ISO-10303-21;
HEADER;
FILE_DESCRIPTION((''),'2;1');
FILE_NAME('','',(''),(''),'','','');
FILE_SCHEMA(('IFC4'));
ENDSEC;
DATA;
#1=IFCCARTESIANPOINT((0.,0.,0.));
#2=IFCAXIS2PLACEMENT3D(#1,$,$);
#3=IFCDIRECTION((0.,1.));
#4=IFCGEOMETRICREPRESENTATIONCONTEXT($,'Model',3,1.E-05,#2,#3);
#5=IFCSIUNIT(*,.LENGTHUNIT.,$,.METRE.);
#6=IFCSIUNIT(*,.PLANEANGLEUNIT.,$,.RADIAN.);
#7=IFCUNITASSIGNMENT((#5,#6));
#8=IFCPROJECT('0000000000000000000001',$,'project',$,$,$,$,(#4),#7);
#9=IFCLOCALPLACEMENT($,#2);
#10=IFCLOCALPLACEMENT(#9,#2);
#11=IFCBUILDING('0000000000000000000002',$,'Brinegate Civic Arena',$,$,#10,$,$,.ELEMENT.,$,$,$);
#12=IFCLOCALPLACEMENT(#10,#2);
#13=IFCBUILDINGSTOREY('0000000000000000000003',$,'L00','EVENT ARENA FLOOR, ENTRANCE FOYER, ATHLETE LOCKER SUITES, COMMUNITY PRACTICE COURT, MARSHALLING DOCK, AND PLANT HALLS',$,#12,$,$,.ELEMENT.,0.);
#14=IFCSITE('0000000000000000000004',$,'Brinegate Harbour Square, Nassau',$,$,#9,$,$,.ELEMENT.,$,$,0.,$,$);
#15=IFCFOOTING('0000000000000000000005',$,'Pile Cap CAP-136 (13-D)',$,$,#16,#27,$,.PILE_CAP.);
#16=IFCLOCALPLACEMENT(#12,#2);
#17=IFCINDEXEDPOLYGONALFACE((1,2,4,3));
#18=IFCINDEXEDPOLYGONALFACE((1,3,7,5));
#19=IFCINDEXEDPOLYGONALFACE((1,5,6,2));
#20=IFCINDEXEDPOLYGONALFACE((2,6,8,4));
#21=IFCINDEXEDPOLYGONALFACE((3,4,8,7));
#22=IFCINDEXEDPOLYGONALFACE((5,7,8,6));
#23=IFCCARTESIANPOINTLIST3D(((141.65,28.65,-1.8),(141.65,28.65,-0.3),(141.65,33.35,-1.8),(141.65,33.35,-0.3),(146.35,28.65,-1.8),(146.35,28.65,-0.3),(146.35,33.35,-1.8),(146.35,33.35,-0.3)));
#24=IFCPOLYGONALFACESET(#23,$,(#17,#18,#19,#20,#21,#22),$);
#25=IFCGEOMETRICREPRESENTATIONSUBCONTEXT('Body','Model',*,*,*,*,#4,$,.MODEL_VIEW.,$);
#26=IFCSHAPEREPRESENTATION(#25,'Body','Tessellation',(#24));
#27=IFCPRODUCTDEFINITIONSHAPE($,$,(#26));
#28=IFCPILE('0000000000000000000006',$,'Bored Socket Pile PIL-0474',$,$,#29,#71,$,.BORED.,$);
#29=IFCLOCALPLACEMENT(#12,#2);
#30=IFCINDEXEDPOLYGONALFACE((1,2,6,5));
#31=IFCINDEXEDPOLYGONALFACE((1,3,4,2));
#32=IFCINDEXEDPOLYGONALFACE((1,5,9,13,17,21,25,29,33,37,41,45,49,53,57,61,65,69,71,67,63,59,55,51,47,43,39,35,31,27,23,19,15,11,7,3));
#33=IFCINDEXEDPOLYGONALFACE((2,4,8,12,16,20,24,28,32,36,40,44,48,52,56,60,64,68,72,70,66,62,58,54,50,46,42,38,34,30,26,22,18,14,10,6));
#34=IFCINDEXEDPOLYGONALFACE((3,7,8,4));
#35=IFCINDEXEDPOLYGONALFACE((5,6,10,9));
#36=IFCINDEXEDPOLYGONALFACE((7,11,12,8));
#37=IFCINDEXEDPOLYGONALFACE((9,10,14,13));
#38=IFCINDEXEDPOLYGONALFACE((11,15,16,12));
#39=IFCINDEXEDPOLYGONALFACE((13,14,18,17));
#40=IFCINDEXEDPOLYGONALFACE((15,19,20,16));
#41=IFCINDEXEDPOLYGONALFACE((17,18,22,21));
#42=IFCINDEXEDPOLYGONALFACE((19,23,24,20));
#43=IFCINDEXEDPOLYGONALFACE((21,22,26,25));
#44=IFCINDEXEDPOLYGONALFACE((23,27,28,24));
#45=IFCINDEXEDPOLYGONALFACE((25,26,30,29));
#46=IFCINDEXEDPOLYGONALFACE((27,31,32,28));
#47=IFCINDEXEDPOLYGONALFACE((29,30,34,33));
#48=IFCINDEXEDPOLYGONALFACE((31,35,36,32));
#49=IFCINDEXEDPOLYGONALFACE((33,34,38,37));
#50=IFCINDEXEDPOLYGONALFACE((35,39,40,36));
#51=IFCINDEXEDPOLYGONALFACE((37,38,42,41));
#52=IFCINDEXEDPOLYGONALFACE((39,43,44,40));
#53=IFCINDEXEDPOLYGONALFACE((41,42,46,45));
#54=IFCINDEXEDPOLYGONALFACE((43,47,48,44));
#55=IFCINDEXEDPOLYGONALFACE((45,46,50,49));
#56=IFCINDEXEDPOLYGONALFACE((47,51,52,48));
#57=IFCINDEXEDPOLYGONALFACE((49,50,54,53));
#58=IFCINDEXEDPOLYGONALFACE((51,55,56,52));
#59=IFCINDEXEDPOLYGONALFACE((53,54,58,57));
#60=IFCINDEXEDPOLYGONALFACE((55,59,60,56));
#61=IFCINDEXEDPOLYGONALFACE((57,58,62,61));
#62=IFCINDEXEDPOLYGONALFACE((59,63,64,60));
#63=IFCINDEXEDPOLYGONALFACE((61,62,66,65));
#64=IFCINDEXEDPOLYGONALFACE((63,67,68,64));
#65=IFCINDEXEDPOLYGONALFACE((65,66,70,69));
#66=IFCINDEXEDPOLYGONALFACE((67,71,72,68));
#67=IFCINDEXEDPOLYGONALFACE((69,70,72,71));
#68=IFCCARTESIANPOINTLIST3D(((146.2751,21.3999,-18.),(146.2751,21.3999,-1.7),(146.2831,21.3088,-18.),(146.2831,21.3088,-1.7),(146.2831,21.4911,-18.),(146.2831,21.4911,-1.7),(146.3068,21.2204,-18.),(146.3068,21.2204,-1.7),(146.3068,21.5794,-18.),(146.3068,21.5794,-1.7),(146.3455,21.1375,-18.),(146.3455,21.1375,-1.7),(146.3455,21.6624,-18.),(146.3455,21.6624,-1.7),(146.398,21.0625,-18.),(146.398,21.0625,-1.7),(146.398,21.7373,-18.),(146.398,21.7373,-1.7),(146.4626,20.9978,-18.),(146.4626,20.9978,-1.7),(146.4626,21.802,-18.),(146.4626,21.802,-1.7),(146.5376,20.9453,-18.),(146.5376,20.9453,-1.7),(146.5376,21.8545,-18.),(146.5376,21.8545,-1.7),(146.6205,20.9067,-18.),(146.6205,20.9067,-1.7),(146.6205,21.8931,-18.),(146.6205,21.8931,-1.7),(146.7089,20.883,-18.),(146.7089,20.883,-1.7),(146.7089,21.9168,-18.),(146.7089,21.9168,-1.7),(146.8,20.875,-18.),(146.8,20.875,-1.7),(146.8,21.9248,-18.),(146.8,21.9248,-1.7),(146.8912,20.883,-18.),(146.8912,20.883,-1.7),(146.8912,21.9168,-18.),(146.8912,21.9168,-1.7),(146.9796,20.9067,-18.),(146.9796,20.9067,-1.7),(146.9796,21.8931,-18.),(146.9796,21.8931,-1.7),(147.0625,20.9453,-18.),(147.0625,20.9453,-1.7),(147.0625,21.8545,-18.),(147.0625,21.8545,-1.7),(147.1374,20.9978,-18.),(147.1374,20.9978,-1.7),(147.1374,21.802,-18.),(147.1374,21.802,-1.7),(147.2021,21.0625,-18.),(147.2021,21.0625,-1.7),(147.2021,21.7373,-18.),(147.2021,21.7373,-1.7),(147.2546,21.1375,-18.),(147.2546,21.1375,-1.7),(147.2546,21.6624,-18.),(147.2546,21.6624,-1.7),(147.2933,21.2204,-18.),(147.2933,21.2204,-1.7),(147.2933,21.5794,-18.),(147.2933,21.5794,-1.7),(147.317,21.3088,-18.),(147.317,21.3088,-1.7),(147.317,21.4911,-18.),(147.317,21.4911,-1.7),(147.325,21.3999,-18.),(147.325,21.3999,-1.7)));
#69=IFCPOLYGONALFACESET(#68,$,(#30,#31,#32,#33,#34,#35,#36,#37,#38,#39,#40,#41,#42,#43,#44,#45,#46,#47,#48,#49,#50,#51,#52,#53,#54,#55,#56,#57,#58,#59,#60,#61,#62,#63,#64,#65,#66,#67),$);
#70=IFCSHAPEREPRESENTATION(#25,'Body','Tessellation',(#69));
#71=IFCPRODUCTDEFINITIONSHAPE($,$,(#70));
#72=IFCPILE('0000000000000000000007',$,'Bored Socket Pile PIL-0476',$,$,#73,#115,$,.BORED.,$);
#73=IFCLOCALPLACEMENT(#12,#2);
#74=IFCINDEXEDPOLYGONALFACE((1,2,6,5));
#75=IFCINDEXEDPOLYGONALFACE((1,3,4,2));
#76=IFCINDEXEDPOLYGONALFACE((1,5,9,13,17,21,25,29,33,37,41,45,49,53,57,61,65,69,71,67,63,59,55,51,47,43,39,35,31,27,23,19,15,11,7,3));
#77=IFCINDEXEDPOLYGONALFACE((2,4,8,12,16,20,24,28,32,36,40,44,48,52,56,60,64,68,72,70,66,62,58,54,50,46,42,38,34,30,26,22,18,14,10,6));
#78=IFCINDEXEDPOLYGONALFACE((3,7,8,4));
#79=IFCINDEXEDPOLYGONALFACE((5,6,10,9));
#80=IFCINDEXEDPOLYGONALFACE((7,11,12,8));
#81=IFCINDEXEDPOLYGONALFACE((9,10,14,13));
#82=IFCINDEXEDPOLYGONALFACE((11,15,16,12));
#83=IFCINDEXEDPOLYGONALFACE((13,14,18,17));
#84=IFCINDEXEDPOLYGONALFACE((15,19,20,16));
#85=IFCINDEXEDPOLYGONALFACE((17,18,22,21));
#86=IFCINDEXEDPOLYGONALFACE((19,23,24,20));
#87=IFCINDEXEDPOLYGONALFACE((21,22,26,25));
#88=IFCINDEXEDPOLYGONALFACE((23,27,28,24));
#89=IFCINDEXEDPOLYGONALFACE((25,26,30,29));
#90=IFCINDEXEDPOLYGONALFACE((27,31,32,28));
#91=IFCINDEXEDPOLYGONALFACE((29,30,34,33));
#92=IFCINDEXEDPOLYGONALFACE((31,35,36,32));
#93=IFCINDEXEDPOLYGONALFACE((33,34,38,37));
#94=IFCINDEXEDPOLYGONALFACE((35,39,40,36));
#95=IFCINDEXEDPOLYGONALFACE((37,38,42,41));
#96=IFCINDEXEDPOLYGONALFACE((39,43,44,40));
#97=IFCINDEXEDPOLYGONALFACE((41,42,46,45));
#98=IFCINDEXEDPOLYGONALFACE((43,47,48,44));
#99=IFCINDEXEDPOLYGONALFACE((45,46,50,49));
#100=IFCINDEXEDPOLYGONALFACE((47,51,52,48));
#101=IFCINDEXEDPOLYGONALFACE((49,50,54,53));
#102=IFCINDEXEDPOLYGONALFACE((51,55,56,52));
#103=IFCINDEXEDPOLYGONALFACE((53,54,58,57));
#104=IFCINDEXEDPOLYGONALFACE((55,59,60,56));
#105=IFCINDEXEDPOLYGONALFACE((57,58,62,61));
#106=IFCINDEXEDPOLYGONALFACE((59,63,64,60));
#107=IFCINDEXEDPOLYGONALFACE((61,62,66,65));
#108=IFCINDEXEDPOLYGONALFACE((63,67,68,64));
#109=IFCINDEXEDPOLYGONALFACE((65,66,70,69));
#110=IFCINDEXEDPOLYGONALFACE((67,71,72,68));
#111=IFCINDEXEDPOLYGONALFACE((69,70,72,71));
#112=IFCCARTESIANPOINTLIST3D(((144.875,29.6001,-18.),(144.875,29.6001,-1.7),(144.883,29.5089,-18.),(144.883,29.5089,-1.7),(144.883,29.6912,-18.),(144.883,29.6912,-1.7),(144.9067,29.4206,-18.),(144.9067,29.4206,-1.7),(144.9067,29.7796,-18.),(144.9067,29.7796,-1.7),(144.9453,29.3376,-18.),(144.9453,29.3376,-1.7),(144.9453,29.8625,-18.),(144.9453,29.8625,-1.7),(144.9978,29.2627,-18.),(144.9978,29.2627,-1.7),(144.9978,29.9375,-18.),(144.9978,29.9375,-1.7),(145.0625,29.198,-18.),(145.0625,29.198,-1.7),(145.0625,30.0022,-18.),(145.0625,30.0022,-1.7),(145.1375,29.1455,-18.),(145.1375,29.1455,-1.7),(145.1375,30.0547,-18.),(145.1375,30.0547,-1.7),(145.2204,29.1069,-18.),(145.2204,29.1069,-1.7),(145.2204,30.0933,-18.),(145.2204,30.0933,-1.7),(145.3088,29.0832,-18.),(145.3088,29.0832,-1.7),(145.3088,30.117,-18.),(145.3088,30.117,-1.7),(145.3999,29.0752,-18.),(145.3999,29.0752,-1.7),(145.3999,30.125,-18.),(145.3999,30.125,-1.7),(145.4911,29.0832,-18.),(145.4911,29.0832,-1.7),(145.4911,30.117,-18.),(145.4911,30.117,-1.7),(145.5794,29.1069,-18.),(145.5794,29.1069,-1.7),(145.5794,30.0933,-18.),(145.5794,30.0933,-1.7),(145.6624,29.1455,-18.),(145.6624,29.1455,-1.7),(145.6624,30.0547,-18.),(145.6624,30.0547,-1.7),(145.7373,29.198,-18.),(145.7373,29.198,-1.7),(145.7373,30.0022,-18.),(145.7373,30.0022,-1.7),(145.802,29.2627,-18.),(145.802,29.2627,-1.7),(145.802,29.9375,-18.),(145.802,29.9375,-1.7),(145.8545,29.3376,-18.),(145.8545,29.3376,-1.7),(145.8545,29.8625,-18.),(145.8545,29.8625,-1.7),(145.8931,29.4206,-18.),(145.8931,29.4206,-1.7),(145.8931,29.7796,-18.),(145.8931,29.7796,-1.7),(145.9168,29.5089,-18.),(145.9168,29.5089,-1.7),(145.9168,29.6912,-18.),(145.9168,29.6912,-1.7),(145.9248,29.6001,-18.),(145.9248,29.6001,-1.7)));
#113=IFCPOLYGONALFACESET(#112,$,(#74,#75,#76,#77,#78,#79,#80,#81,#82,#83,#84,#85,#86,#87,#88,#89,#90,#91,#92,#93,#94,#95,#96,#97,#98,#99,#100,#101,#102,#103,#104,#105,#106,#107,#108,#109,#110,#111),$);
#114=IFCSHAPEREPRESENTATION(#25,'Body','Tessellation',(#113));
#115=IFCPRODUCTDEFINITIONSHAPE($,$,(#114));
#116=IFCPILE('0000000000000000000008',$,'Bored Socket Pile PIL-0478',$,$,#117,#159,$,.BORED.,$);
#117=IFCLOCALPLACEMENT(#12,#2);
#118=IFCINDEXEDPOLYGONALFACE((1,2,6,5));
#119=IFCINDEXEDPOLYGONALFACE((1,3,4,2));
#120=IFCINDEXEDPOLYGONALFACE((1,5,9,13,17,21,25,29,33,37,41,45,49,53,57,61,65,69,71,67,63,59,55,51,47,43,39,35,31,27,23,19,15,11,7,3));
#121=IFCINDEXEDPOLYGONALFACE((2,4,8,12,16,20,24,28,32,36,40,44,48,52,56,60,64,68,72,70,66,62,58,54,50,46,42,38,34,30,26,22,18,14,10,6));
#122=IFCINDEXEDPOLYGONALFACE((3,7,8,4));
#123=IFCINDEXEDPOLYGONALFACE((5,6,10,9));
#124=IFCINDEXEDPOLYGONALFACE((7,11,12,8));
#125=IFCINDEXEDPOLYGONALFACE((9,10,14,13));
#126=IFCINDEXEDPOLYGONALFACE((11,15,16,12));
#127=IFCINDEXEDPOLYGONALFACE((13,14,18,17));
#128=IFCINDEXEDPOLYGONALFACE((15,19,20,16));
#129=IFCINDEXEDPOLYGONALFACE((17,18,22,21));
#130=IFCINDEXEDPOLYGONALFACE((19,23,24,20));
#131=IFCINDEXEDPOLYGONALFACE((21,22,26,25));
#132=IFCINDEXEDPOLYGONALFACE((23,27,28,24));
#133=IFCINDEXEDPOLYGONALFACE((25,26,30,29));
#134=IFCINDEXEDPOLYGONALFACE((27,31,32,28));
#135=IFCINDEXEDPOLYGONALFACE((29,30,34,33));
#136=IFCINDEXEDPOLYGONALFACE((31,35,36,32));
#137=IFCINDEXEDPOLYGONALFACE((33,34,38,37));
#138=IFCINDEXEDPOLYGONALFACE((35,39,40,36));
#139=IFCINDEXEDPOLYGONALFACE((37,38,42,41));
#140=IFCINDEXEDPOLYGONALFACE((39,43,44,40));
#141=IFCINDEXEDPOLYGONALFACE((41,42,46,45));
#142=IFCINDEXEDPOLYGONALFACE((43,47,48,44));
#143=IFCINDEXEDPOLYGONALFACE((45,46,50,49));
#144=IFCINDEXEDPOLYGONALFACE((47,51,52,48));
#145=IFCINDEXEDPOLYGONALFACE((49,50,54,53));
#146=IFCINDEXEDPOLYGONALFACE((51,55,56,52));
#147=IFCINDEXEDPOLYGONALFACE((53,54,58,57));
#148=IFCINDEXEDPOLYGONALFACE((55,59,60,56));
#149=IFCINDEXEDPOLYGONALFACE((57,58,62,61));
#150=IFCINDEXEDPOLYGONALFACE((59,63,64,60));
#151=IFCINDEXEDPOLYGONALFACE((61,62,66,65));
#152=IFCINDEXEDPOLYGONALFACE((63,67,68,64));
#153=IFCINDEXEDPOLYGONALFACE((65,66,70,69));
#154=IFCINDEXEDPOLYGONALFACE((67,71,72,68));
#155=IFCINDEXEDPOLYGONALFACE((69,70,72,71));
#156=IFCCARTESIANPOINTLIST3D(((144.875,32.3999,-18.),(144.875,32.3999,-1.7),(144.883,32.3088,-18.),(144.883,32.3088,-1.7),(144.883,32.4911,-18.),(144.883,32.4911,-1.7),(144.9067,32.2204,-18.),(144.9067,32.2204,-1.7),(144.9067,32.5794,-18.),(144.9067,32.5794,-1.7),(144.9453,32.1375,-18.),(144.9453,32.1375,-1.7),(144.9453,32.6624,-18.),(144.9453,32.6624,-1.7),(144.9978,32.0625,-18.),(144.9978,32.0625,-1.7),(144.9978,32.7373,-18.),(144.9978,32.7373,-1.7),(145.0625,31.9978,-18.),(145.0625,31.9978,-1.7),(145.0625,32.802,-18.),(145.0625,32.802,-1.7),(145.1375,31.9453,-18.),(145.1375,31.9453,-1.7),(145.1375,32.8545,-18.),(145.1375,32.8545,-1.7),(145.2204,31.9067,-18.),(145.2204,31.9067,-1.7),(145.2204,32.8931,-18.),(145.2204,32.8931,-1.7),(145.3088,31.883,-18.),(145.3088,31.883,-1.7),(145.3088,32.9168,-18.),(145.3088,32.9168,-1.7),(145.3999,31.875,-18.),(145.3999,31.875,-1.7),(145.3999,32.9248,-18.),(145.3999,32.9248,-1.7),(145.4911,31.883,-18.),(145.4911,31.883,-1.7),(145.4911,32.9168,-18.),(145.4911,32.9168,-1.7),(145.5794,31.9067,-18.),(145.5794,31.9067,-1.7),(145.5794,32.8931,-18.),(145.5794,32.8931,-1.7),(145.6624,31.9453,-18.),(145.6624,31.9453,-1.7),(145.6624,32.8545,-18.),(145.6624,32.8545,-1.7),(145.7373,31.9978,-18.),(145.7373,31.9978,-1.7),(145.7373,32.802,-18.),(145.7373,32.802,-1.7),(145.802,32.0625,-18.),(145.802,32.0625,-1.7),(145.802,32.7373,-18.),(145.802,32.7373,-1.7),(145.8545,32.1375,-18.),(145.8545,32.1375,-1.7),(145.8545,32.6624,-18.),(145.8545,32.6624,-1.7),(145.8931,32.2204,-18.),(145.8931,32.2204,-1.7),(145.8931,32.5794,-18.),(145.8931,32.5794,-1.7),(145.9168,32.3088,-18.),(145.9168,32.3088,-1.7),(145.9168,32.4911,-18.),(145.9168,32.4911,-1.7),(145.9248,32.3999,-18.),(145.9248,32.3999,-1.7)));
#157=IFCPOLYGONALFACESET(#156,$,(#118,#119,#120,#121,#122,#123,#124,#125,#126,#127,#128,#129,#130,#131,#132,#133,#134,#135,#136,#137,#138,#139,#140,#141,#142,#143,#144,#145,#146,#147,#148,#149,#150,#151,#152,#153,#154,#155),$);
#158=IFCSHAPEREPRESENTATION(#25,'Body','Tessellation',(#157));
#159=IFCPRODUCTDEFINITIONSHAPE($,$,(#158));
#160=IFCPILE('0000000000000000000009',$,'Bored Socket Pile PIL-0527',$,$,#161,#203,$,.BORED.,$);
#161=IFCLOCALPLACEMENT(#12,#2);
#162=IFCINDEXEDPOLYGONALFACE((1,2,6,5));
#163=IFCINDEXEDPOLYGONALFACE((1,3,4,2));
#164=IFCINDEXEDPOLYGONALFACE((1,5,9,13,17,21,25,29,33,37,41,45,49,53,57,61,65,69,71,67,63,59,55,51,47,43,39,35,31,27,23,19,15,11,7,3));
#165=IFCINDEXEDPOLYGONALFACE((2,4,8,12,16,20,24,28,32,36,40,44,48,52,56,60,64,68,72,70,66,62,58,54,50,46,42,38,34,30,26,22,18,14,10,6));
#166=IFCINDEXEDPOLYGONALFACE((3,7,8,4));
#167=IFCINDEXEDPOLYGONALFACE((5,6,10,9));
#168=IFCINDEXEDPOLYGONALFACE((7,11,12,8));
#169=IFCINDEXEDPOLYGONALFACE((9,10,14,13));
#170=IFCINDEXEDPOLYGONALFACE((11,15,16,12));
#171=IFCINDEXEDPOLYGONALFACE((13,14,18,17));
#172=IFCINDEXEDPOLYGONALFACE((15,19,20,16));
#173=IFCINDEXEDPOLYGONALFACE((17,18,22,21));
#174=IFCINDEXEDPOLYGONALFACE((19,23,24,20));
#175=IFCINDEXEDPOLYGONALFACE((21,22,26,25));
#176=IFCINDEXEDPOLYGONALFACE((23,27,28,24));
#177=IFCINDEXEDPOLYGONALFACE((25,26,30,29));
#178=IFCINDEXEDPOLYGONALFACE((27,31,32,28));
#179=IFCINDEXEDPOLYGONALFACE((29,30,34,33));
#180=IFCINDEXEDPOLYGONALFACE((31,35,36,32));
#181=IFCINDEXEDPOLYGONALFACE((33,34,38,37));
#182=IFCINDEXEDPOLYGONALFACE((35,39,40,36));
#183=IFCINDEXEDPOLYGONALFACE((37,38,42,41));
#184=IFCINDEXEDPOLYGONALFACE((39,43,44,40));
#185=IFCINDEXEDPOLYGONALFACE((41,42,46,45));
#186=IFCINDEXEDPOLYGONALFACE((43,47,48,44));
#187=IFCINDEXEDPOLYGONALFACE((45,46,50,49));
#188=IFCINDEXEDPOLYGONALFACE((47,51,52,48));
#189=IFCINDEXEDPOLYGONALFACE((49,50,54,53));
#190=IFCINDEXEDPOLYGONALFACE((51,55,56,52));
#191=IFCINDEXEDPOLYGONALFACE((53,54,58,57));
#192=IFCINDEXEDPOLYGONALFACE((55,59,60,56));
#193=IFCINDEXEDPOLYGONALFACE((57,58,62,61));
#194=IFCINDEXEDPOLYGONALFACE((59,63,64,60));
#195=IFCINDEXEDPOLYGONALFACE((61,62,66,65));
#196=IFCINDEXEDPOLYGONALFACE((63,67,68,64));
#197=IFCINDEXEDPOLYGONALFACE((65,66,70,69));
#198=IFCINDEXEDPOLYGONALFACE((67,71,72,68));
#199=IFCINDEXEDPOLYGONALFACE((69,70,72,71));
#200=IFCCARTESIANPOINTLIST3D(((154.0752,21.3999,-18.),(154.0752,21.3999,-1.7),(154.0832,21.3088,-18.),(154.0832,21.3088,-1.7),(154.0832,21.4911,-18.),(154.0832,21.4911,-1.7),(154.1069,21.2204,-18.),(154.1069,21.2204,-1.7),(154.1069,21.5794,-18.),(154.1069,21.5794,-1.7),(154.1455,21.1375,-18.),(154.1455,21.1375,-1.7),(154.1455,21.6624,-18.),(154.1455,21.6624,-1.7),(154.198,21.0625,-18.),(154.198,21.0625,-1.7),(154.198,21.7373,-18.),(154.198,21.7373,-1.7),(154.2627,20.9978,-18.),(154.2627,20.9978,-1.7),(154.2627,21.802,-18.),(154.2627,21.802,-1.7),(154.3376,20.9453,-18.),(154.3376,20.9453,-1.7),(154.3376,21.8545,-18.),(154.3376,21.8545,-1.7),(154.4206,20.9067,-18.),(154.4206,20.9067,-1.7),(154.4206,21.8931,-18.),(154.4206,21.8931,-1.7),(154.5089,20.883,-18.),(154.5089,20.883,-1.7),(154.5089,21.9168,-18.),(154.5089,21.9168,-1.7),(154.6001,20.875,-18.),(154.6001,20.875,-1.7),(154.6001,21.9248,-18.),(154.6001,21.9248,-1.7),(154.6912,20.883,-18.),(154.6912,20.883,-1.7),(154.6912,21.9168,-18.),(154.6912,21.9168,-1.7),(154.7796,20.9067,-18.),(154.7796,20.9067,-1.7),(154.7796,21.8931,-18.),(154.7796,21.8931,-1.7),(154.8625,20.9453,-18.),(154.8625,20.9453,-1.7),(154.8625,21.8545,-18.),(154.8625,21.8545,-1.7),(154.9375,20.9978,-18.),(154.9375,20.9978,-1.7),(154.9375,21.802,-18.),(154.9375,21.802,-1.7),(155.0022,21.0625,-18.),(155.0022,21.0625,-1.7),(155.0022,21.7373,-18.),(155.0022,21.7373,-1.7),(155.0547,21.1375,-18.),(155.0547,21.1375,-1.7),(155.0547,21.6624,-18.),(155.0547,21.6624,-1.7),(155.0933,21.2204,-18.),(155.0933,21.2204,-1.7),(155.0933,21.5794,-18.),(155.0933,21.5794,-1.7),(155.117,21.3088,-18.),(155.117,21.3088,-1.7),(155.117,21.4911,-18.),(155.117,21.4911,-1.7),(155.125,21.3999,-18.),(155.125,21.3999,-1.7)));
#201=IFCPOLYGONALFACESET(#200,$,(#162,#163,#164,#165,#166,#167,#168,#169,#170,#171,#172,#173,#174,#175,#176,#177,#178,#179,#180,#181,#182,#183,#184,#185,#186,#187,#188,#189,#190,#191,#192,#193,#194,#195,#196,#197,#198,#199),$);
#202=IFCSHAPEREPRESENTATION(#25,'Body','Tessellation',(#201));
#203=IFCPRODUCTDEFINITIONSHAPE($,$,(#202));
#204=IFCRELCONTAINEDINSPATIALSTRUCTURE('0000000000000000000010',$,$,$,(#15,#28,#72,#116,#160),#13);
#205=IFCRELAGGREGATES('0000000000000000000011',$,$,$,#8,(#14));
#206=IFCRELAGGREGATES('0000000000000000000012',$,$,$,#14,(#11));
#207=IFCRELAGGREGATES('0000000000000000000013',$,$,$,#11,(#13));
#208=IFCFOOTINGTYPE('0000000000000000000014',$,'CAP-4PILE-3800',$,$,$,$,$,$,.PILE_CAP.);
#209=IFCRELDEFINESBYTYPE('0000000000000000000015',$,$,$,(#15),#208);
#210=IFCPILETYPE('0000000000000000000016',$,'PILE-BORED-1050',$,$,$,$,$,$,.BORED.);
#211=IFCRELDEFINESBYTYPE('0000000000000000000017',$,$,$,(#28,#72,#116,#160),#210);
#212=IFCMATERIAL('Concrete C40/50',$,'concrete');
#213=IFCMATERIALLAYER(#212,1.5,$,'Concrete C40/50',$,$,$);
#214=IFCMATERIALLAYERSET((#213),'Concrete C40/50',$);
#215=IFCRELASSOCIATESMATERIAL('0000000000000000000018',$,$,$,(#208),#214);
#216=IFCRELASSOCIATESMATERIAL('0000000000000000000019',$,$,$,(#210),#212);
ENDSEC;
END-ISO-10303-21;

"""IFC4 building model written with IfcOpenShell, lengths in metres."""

from ifc_helpers import new_model, si_unit, direction, frame, origin, origin_2d, place, context, subcontext, project, spatial, rectangle, circle, extrude, material, layer, layer_set, material_profile, profile_set, type_object, element, save


model = new_model("IFC4")

# Units and contexts
model_context = context("Model", 3, precision=1e-05, world=origin(), true_north=direction((0.0, 1.0)))
body_context = subcontext(model_context, "Body", "Model", "MODEL_VIEW")
ifc_project = project(units=[si_unit("LENGTHUNIT", "METRE"), si_unit("PLANEANGLEUNIT", "RADIAN")], contexts=[model_context])

# Site, building, storey
site_placement = place(None, origin())
site = spatial("IfcSite", under=ifc_project, at=site_placement, Name="Brinegate Harbour Square, Nassau", CompositionType="ELEMENT", RefElevation=0.0)
building_placement = place(site_placement, origin())
building = spatial("IfcBuilding", under=site, at=building_placement, Name="Brinegate Civic Arena", CompositionType="ELEMENT")
storey_placement = place(building_placement, origin())
storey = spatial("IfcBuildingStorey", under=building, at=storey_placement, Name="L00", Description="EVENT ARENA FLOOR, ENTRANCE FOYER, ATHLETE LOCKER SUITES, COMMUNITY PRACTICE COURT, MARSHALLING DOCK, AND PLANT HALLS", CompositionType="ELEMENT", Elevation=0.0)

# Footing
ifc_material_1 = material(Name="Concrete C40/50", Category="concrete")
ifc_layer_1 = layer(ifc_material_1, 1.5, Name="Concrete C40/50")
ifc_layer_set_1 = layer_set([ifc_layer_1], Name="Concrete C40/50")
footing_type_1 = type_object("IfcFootingType", Name="CAP-4PILE-3800", PredefinedType="PILE_CAP", material=ifc_layer_set_1)
footing_1_placement = place(storey_placement, frame((144.0, 31.0, -1.8), z_axis=(0.0, 0.0, 1.0), x_axis=(1.0, 0.0, 0.0)))
element("IfcFooting", 1, at=footing_1_placement, inside=storey, type_object=footing_type_1, Name="Pile Cap CAP-136 (13-D)", PredefinedType="PILE_CAP", context=body_context, shape_type="SweptSolid", body=[
    extrude(rectangle(XDim=4.7, YDim=4.7, at=origin_2d()), origin(), (0.0, 0.0, 1.0), 1.5),
])

# Piles
ifc_material_profile_1 = material_profile(ifc_material_1, circle(Radius=0.5249, at=origin_2d()), Name="PILED1050")
ifc_profile_set_1 = profile_set([ifc_material_profile_1], Name="Concrete C40/50")
pile_type = type_object("IfcPileType", Name="PILE-BORED-1050", PredefinedType="BORED", material=ifc_profile_set_1)
for number, where, z_axis, x_axis, name in (
    (2, (146.8, 21.3999, -1.7), (0.0, 0.0, -1.0), (1.0, 0.0, 0.0), "Bored Socket Pile PIL-0474"),
    (3, (145.3999, 29.6001, -1.7), (0.0, 0.0, -1.0), (1.0, 0.0, 0.0), "Bored Socket Pile PIL-0476"),
    (4, (145.3999, 32.3999, -1.7), (0.0, 0.0, -1.0), (1.0, 0.0, 0.0), "Bored Socket Pile PIL-0478"),
    (5, (154.6001, 21.3999, -1.7), (0.0, 0.0, -1.0), (1.0, 0.0, 0.0), "Bored Socket Pile PIL-0527"),
):
    element("IfcPile", number, at=place(storey_placement, frame(where, z_axis=z_axis, x_axis=x_axis)), inside=storey, type_object=pile_type, Name=name, PredefinedType="BORED", context=body_context, shape_type="SweptSolid", body=[
        extrude(circle(Radius=0.5249, at=origin_2d()), origin(), (0.0, 0.0, 1.0), 16.3),
    ])

save(model, "model.ifc")
